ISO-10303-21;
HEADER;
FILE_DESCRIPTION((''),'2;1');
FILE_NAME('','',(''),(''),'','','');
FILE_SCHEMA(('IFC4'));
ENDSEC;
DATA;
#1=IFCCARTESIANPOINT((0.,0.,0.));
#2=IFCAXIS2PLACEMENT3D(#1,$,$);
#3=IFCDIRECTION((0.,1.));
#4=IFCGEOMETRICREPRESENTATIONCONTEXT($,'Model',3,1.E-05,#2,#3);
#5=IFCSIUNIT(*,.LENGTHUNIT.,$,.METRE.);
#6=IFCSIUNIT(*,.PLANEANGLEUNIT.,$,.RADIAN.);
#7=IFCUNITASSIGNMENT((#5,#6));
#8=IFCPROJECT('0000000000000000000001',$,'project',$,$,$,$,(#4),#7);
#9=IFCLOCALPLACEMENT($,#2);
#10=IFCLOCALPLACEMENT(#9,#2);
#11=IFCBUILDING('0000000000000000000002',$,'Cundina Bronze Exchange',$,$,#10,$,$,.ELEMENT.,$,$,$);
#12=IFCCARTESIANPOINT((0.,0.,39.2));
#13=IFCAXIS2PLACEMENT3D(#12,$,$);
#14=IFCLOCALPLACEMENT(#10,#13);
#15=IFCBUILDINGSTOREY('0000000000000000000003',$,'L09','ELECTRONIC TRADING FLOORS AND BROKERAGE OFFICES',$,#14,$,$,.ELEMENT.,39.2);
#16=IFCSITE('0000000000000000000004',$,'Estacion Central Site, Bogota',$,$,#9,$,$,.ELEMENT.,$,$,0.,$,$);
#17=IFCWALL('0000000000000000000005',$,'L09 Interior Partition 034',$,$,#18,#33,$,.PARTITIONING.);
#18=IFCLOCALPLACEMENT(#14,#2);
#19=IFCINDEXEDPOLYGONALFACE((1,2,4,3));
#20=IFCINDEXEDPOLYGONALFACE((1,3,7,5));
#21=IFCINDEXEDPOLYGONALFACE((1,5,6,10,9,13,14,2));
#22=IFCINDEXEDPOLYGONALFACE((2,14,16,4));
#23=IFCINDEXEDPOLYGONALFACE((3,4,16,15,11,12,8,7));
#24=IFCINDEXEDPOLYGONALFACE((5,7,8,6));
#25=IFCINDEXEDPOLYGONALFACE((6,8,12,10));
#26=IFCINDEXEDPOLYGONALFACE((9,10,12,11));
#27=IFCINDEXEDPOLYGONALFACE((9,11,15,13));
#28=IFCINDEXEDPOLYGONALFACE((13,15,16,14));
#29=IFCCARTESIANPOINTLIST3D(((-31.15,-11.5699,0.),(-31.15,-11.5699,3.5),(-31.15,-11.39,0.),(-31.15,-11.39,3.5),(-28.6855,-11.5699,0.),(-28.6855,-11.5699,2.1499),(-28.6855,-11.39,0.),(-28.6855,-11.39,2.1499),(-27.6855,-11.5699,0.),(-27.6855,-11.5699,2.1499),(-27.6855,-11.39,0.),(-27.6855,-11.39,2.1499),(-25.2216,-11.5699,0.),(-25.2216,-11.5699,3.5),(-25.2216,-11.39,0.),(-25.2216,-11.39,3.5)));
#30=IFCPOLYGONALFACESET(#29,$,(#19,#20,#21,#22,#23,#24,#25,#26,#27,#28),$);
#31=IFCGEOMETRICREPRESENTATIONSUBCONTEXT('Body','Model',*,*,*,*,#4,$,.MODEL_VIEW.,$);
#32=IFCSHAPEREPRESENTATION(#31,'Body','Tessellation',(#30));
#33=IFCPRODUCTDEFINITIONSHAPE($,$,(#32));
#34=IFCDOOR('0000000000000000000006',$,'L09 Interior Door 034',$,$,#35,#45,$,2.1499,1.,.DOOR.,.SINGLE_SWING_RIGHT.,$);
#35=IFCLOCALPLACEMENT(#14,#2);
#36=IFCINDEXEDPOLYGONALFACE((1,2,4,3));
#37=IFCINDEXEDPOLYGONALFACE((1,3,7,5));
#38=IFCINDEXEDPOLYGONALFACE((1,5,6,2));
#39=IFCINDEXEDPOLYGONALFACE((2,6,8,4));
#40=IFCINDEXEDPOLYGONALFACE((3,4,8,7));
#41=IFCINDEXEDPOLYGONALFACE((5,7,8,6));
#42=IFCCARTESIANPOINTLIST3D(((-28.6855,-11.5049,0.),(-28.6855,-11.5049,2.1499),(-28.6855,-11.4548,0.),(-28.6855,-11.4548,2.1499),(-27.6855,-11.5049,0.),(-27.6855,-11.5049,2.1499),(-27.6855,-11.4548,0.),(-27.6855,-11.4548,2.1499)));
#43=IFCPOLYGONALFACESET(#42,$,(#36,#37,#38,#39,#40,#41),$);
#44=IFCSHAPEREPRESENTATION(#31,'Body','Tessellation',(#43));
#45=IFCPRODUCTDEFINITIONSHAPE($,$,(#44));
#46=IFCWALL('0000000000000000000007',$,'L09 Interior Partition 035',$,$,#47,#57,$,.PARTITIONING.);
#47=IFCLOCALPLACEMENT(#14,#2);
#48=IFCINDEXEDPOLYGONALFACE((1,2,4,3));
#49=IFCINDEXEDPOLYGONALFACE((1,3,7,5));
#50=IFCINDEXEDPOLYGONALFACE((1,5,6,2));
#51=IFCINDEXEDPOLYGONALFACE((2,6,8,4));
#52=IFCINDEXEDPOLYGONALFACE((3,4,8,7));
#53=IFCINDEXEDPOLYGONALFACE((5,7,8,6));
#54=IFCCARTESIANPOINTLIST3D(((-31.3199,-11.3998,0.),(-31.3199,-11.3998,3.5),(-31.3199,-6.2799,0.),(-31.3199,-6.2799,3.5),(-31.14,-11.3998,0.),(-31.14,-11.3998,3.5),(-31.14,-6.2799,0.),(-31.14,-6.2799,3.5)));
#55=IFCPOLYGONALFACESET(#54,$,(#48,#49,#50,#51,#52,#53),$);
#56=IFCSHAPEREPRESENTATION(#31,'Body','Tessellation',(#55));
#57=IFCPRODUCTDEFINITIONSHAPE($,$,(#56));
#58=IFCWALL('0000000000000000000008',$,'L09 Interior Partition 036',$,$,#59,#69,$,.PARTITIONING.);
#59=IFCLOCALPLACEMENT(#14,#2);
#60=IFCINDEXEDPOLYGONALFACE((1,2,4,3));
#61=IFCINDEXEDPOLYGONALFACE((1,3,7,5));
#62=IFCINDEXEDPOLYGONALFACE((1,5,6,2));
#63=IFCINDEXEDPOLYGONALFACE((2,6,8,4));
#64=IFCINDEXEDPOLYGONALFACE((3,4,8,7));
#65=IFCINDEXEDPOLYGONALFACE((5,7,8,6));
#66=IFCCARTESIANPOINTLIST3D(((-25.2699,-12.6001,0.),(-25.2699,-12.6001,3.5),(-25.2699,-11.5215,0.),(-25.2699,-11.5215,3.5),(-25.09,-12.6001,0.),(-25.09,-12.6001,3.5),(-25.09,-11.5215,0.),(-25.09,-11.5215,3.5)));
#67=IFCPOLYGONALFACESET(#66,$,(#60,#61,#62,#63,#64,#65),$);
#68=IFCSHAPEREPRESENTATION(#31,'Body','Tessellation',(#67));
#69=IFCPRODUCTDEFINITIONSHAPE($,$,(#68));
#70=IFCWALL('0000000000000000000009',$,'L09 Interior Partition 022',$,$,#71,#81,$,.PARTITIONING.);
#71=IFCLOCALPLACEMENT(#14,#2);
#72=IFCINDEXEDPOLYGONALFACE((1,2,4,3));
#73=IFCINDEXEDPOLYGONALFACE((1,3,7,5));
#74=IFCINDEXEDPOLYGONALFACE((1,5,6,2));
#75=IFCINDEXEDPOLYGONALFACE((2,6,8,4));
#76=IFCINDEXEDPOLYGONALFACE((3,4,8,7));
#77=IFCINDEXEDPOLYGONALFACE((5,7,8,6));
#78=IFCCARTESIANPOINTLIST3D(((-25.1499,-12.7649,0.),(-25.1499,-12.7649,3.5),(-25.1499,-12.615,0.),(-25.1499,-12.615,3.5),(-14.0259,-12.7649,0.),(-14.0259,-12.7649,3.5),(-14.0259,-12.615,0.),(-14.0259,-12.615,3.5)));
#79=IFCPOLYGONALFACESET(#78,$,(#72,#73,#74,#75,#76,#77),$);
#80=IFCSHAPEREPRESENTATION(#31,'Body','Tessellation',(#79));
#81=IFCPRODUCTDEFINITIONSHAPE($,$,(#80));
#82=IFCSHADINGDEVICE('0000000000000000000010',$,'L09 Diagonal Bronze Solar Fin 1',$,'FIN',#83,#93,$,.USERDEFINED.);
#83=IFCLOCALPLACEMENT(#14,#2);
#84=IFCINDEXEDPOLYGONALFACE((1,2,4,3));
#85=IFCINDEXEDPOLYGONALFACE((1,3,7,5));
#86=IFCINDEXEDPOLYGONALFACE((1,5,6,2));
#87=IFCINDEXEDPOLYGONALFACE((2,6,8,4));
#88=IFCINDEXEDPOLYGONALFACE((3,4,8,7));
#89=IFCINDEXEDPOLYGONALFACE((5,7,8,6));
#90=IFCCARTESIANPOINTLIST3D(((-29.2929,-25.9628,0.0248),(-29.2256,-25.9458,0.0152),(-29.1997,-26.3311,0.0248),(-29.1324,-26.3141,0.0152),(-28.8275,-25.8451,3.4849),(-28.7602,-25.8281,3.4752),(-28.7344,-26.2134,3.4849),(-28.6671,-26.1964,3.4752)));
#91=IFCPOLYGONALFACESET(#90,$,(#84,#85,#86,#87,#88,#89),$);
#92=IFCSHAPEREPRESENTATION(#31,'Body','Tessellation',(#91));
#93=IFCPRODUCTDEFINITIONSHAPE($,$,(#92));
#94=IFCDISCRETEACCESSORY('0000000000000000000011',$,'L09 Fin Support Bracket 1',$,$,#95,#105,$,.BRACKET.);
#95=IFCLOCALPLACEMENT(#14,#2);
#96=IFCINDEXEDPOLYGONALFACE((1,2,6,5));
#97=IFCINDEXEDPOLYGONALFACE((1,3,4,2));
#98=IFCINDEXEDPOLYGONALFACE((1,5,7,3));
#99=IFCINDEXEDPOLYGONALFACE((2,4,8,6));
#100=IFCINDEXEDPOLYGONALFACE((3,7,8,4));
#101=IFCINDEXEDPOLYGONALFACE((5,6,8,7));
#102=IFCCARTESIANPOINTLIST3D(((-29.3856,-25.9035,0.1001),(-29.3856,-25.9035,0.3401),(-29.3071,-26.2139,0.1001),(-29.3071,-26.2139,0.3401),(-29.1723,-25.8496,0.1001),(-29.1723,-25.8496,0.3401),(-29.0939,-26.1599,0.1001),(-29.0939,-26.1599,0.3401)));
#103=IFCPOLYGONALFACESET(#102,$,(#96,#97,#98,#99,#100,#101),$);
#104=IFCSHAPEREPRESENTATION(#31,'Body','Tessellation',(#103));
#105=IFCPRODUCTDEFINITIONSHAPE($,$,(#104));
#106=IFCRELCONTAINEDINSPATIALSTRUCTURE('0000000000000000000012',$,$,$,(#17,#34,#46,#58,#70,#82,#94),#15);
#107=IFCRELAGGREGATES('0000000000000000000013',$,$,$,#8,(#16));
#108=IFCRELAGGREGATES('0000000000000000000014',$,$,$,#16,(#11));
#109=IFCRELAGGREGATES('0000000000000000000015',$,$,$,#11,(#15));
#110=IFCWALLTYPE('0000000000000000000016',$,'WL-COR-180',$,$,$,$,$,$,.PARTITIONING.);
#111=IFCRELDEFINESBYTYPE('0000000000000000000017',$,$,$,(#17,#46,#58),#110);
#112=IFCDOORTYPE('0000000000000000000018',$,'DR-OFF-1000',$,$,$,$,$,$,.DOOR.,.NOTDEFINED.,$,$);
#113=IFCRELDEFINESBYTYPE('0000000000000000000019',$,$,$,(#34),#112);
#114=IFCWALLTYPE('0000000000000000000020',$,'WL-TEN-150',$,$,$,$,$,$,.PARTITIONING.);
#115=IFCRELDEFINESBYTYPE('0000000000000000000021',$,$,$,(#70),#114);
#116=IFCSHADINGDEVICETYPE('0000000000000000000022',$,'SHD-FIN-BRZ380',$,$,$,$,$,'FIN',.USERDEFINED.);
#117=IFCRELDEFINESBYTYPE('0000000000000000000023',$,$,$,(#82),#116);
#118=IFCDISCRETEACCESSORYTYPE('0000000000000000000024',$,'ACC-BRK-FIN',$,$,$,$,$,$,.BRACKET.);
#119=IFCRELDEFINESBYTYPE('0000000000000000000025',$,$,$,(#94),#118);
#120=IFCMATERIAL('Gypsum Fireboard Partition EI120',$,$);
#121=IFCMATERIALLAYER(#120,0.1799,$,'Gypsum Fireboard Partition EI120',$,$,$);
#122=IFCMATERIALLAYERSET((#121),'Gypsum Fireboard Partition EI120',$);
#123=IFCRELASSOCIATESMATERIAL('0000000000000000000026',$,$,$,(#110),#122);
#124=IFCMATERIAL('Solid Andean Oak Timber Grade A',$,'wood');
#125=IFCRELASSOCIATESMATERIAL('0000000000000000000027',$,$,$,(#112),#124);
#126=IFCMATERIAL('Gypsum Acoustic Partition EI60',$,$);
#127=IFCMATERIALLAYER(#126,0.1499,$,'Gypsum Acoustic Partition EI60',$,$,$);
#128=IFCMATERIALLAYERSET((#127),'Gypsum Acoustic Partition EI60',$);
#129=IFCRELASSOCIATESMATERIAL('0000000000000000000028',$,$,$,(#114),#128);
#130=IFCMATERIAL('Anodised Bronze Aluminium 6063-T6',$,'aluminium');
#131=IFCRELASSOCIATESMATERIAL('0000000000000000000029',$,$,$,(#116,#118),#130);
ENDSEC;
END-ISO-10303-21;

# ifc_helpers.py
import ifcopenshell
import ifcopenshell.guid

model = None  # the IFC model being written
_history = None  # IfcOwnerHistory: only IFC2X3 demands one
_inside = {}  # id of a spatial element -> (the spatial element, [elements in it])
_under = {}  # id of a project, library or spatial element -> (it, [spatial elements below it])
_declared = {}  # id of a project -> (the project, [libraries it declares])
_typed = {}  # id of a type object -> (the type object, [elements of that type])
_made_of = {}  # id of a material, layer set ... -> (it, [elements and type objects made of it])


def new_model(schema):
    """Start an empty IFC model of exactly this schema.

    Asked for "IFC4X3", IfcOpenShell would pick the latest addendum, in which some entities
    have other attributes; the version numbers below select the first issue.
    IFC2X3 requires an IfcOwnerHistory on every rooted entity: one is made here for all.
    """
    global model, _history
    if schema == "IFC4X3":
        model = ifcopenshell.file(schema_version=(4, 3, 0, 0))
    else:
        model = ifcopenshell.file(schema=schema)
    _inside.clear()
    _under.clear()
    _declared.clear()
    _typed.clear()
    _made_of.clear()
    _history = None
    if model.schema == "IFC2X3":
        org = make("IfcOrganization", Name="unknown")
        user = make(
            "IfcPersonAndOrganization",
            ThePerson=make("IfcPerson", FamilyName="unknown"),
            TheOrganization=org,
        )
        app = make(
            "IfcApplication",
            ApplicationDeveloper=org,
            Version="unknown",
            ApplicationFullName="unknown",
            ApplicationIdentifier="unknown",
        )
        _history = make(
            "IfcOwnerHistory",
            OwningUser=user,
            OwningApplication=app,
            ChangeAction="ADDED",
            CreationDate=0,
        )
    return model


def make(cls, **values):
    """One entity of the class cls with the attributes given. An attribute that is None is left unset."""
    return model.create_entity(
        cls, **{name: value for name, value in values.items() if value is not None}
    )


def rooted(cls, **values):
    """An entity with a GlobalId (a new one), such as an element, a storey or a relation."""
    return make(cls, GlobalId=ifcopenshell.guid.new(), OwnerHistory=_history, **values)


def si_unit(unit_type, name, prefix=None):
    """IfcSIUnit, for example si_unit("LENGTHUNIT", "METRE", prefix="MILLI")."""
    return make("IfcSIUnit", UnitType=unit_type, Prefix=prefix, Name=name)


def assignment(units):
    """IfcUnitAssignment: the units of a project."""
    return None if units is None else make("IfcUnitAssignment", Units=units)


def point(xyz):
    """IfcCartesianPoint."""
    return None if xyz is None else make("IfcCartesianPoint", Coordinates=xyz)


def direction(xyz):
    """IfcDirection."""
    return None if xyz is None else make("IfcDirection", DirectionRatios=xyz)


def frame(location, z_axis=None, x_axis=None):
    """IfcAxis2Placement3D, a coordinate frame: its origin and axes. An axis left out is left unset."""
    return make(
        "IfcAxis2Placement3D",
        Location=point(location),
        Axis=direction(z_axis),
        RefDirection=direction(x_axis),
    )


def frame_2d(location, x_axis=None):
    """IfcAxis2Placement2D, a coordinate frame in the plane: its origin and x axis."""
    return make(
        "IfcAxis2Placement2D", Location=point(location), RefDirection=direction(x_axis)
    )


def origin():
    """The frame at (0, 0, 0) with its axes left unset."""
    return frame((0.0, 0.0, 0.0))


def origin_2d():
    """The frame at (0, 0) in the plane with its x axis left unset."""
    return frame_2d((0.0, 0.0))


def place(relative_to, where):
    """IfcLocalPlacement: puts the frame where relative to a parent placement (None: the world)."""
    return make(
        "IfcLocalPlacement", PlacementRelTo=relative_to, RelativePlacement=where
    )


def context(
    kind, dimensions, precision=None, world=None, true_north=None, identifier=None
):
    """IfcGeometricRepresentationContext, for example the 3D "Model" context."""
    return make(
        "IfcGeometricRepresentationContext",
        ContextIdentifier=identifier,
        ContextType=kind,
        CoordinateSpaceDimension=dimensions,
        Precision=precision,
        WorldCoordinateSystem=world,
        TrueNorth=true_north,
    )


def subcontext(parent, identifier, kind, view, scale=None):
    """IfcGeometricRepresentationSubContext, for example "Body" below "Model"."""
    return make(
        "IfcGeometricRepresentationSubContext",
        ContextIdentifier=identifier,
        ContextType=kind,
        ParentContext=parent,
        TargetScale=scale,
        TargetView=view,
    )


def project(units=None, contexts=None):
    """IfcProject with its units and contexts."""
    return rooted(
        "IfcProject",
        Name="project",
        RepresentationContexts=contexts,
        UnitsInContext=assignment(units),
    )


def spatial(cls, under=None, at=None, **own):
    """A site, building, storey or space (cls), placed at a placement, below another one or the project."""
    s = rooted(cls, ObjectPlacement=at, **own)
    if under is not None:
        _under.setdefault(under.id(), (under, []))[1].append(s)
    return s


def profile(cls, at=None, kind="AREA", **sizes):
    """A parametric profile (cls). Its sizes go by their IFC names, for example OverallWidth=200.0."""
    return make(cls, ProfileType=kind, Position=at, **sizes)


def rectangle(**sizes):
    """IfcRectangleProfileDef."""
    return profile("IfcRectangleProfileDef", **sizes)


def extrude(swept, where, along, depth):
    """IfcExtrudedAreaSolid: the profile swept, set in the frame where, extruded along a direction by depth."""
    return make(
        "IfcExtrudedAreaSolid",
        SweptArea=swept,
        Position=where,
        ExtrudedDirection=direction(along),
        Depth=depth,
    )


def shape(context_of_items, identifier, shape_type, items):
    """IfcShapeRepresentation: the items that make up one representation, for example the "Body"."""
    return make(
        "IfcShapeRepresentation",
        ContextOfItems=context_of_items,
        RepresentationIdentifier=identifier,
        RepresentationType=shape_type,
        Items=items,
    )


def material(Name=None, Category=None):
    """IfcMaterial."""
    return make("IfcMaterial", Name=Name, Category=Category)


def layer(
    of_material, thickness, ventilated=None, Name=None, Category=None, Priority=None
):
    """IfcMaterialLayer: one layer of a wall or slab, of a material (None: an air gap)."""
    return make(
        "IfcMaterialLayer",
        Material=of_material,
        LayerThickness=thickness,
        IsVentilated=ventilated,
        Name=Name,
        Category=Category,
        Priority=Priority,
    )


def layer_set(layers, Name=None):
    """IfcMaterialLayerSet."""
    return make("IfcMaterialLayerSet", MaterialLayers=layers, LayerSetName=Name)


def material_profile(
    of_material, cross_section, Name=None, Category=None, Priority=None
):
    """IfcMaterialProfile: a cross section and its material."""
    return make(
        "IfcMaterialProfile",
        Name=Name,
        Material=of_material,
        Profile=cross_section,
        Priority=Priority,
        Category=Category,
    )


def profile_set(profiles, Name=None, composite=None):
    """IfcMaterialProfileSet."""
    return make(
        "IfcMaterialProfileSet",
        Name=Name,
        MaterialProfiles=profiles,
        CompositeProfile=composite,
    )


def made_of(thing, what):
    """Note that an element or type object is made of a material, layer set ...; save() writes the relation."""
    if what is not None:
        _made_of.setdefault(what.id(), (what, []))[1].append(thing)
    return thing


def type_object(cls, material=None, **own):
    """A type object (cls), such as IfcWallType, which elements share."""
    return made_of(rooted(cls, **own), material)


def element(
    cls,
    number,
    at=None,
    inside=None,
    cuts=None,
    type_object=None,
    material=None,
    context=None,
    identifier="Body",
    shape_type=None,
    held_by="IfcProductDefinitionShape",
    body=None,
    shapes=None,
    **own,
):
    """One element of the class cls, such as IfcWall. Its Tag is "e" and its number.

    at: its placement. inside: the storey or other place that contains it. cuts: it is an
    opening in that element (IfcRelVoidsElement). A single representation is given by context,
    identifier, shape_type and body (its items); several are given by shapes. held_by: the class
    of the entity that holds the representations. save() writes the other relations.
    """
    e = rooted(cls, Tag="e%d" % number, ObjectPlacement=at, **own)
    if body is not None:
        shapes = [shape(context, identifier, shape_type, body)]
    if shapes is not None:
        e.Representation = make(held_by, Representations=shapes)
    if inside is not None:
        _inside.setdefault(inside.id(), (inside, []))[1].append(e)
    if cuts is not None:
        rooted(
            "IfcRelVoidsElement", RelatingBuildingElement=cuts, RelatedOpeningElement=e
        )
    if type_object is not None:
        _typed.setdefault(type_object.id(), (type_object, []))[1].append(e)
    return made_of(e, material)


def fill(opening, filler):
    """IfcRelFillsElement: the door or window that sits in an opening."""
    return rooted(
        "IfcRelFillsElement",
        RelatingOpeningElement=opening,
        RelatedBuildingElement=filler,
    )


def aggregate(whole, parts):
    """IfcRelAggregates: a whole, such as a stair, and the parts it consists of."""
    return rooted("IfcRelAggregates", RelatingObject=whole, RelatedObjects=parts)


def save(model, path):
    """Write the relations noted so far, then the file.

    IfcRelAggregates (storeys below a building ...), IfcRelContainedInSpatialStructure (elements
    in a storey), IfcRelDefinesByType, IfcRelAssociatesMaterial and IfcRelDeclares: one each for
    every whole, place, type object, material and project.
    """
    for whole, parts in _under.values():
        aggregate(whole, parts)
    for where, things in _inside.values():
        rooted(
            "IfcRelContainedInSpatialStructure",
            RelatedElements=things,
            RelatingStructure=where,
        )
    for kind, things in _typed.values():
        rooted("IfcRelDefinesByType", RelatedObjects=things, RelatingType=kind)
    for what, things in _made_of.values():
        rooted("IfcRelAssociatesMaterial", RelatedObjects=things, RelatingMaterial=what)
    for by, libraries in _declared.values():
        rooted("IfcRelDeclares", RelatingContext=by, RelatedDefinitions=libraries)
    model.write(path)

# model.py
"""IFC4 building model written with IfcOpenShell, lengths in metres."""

from ifc_helpers import new_model, si_unit, direction, frame, frame_2d, origin, origin_2d, place, context, subcontext, project, spatial, rectangle, extrude, material, layer, layer_set, material_profile, profile_set, type_object, element, fill, save


model = new_model("IFC4")

# Units and contexts
model_context = context("Model", 3, precision=1e-05, world=origin(), true_north=direction((0.0, 1.0)))
body_context = subcontext(model_context, "Body", "Model", "MODEL_VIEW")
ifc_project = project(units=[si_unit("LENGTHUNIT", "METRE"), si_unit("PLANEANGLEUNIT", "RADIAN")], contexts=[model_context])

# Site, building, storey
site_placement = place(None, origin())
site = spatial("IfcSite", under=ifc_project, at=site_placement, Name="Estacion Central Site, Bogota", CompositionType="ELEMENT", RefElevation=0.0)
building_placement = place(site_placement, origin())
building = spatial("IfcBuilding", under=site, at=building_placement, Name="Cundina Bronze Exchange", CompositionType="ELEMENT")
storey_placement = place(building_placement, frame((0.0, 0.0, 39.2)))
storey = spatial("IfcBuildingStorey", under=building, at=storey_placement, Name="L09", Description="ELECTRONIC TRADING FLOORS AND BROKERAGE OFFICES", CompositionType="ELEMENT", Elevation=39.2)

# Shared definitions
ifc_material_1 = material(Name="Anodised Bronze Aluminium 6063-T6", Category="aluminium")

# Shared definitions
ifc_material_2 = material(Name="Gypsum Fireboard Partition EI120")
ifc_layer_1 = layer(ifc_material_2, 0.1799, Name="Gypsum Fireboard Partition EI120")
ifc_layer_set_1 = layer_set([ifc_layer_1], Name="Gypsum Fireboard Partition EI120")
wall_type_1 = type_object("IfcWallType", Name="WL-COR-180", PredefinedType="PARTITIONING", material=ifc_layer_set_1)

# Wall, opening, door
wall_1_placement = place(storey_placement, frame((-25.2214, -11.48, 0.0), z_axis=(0.0, 0.0, 1.0), x_axis=(-1.0, 0.0, 0.0)))
wall_1 = element("IfcWall", 1, at=wall_1_placement, inside=storey, type_object=wall_type_1, Name="L09 Interior Partition 034", PredefinedType="PARTITIONING", context=body_context, shape_type="SweptSolid", body=[
    extrude(rectangle(XDim=5.9285, YDim=0.1799, at=frame_2d((2.9644, 0.0))), origin(), (0.0, 0.0, 1.0), 3.5),
])
opening_placement = place(wall_1_placement, frame((2.4641, 0.0, 0.0)))
opening = element("IfcOpeningElement", 2, at=opening_placement, cuts=wall_1, PredefinedType="OPENING", context=body_context, shape_type="SweptSolid", body=[
    extrude(rectangle(XDim=1.0, YDim=2.1499, at=frame_2d((0.5, 1.075))), frame((0.0, 0.0999, 0.0), z_axis=(0.0, -1.0, 0.0), x_axis=(1.0, 0.0, 0.0)), (0.0, 0.0, 1.0), 0.2),
])
ifc_material_3 = material(Name="Solid Andean Oak Timber Grade A", Category="wood")
door_type = type_object("IfcDoorType", Name="DR-OFF-1000", OperationType="NOTDEFINED", PredefinedType="DOOR", material=ifc_material_3)
door_placement = place(opening_placement, origin())
door = element("IfcDoor", 3, at=door_placement, inside=storey, type_object=door_type, Name="L09 Interior Door 034", OperationType="SINGLE_SWING_RIGHT", OverallHeight=2.1499, OverallWidth=1.0, PredefinedType="DOOR", context=body_context, shape_type="SweptSolid", body=[
    extrude(rectangle(XDim=1.0, YDim=2.1499, at=frame_2d((0.5, 1.075))), frame((0.0, 0.0249, 0.0), z_axis=(0.0, -1.0, 0.0), x_axis=(1.0, 0.0, 0.0)), (0.0, 0.0, 1.0), 0.05),
])
fill(opening, door)

# Walls
wall_2_placement = place(storey_placement, frame((-31.23, -11.3999, 0.0), z_axis=(0.0, 0.0, 1.0), x_axis=(0.0, 1.0, 0.0)))
element("IfcWall", 4, at=wall_2_placement, inside=storey, type_object=wall_type_1, Name="L09 Interior Partition 035", PredefinedType="PARTITIONING", context=body_context, shape_type="SweptSolid", body=[
    extrude(rectangle(XDim=5.1199, YDim=0.1799, at=frame_2d((2.5601, 0.0))), origin(), (0.0, 0.0, 1.0), 3.5),
])
wall_3_placement = place(storey_placement, frame((-25.1799, -12.6001, 0.0), z_axis=(0.0, 0.0, 1.0), x_axis=(0.0, 1.0, 0.0)))
element("IfcWall", 5, at=wall_3_placement, inside=storey, type_object=wall_type_1, Name="L09 Interior Partition 036", PredefinedType="PARTITIONING", context=body_context, shape_type="SweptSolid", body=[
    extrude(rectangle(XDim=1.0786, YDim=0.1799, at=frame_2d((0.5393, 0.0))), origin(), (0.0, 0.0, 1.0), 3.5),
])
ifc_material_4 = material(Name="Gypsum Acoustic Partition EI60")
ifc_layer_2 = layer(ifc_material_4, 0.1499, Name="Gypsum Acoustic Partition EI60")
ifc_layer_set_2 = layer_set([ifc_layer_2], Name="Gypsum Acoustic Partition EI60")
wall_type_2 = type_object("IfcWallType", Name="WL-TEN-150", PredefinedType="PARTITIONING", material=ifc_layer_set_2)
wall_4_placement = place(storey_placement, frame((-25.1499, -12.6899, 0.0), z_axis=(0.0, 0.0, 1.0), x_axis=(1.0, 0.0, 0.0)))
element("IfcWall", 6, at=wall_4_placement, inside=storey, type_object=wall_type_2, Name="L09 Interior Partition 022", PredefinedType="PARTITIONING", context=body_context, shape_type="SweptSolid", body=[
    extrude(rectangle(XDim=11.124, YDim=0.1499, at=frame_2d((5.562, 0.0))), origin(), (0.0, 0.0, 1.0), 3.5),
])

# Shading device
ifc_material_profile_1 = material_profile(ifc_material_1, rectangle(XDim=0.0701, YDim=0.3799, at=origin_2d()), Name="FIN70X380", Category="aluminium")
ifc_profile_set_1 = profile_set([ifc_material_profile_1], Name="Anodised Bronze Aluminium 6063-T6")
shading_device_type = type_object("IfcShadingDeviceType", Name="SHD-FIN-BRZ380", ElementType="FIN", PredefinedType="USERDEFINED", material=ifc_profile_set_1)
shading_device_placement = place(storey_placement, frame((-29.2126, -26.1384, 0.02), z_axis=(0.133215, 0.033688, 0.990514), x_axis=(-0.960285, -0.242842, 0.137408)))
element("IfcShadingDevice", 7, at=shading_device_placement, inside=storey, type_object=shading_device_type, Name="L09 Diagonal Bronze Solar Fin 1", ObjectType="FIN", PredefinedType="USERDEFINED", context=body_context, shape_type="SweptSolid", body=[
    extrude(rectangle(XDim=0.0701, YDim=0.3799, at=origin_2d()), origin(), (0.0, 0.0, 1.0), 3.4932),
])

# Discrete accessory
discrete_accessory_type = type_object("IfcDiscreteAccessoryType", Name="ACC-BRK-FIN", PredefinedType="BRACKET", material=ifc_material_1)
discrete_accessory_placement = place(storey_placement, frame((-29.2397, -26.0317, 0.1001), z_axis=(0.0, 0.0, 1.0), x_axis=(0.969488, 0.245138, 0.0)))
element("IfcDiscreteAccessory", 8, at=discrete_accessory_placement, inside=storey, type_object=discrete_accessory_type, Name="L09 Fin Support Bracket 1", PredefinedType="BRACKET", context=body_context, shape_type="SweptSolid", body=[
    extrude(rectangle(XDim=0.22, YDim=0.3201, at=origin_2d()), origin(), (0.0, 0.0, 1.0), 0.24),
])

save(model, "model.ifc")
